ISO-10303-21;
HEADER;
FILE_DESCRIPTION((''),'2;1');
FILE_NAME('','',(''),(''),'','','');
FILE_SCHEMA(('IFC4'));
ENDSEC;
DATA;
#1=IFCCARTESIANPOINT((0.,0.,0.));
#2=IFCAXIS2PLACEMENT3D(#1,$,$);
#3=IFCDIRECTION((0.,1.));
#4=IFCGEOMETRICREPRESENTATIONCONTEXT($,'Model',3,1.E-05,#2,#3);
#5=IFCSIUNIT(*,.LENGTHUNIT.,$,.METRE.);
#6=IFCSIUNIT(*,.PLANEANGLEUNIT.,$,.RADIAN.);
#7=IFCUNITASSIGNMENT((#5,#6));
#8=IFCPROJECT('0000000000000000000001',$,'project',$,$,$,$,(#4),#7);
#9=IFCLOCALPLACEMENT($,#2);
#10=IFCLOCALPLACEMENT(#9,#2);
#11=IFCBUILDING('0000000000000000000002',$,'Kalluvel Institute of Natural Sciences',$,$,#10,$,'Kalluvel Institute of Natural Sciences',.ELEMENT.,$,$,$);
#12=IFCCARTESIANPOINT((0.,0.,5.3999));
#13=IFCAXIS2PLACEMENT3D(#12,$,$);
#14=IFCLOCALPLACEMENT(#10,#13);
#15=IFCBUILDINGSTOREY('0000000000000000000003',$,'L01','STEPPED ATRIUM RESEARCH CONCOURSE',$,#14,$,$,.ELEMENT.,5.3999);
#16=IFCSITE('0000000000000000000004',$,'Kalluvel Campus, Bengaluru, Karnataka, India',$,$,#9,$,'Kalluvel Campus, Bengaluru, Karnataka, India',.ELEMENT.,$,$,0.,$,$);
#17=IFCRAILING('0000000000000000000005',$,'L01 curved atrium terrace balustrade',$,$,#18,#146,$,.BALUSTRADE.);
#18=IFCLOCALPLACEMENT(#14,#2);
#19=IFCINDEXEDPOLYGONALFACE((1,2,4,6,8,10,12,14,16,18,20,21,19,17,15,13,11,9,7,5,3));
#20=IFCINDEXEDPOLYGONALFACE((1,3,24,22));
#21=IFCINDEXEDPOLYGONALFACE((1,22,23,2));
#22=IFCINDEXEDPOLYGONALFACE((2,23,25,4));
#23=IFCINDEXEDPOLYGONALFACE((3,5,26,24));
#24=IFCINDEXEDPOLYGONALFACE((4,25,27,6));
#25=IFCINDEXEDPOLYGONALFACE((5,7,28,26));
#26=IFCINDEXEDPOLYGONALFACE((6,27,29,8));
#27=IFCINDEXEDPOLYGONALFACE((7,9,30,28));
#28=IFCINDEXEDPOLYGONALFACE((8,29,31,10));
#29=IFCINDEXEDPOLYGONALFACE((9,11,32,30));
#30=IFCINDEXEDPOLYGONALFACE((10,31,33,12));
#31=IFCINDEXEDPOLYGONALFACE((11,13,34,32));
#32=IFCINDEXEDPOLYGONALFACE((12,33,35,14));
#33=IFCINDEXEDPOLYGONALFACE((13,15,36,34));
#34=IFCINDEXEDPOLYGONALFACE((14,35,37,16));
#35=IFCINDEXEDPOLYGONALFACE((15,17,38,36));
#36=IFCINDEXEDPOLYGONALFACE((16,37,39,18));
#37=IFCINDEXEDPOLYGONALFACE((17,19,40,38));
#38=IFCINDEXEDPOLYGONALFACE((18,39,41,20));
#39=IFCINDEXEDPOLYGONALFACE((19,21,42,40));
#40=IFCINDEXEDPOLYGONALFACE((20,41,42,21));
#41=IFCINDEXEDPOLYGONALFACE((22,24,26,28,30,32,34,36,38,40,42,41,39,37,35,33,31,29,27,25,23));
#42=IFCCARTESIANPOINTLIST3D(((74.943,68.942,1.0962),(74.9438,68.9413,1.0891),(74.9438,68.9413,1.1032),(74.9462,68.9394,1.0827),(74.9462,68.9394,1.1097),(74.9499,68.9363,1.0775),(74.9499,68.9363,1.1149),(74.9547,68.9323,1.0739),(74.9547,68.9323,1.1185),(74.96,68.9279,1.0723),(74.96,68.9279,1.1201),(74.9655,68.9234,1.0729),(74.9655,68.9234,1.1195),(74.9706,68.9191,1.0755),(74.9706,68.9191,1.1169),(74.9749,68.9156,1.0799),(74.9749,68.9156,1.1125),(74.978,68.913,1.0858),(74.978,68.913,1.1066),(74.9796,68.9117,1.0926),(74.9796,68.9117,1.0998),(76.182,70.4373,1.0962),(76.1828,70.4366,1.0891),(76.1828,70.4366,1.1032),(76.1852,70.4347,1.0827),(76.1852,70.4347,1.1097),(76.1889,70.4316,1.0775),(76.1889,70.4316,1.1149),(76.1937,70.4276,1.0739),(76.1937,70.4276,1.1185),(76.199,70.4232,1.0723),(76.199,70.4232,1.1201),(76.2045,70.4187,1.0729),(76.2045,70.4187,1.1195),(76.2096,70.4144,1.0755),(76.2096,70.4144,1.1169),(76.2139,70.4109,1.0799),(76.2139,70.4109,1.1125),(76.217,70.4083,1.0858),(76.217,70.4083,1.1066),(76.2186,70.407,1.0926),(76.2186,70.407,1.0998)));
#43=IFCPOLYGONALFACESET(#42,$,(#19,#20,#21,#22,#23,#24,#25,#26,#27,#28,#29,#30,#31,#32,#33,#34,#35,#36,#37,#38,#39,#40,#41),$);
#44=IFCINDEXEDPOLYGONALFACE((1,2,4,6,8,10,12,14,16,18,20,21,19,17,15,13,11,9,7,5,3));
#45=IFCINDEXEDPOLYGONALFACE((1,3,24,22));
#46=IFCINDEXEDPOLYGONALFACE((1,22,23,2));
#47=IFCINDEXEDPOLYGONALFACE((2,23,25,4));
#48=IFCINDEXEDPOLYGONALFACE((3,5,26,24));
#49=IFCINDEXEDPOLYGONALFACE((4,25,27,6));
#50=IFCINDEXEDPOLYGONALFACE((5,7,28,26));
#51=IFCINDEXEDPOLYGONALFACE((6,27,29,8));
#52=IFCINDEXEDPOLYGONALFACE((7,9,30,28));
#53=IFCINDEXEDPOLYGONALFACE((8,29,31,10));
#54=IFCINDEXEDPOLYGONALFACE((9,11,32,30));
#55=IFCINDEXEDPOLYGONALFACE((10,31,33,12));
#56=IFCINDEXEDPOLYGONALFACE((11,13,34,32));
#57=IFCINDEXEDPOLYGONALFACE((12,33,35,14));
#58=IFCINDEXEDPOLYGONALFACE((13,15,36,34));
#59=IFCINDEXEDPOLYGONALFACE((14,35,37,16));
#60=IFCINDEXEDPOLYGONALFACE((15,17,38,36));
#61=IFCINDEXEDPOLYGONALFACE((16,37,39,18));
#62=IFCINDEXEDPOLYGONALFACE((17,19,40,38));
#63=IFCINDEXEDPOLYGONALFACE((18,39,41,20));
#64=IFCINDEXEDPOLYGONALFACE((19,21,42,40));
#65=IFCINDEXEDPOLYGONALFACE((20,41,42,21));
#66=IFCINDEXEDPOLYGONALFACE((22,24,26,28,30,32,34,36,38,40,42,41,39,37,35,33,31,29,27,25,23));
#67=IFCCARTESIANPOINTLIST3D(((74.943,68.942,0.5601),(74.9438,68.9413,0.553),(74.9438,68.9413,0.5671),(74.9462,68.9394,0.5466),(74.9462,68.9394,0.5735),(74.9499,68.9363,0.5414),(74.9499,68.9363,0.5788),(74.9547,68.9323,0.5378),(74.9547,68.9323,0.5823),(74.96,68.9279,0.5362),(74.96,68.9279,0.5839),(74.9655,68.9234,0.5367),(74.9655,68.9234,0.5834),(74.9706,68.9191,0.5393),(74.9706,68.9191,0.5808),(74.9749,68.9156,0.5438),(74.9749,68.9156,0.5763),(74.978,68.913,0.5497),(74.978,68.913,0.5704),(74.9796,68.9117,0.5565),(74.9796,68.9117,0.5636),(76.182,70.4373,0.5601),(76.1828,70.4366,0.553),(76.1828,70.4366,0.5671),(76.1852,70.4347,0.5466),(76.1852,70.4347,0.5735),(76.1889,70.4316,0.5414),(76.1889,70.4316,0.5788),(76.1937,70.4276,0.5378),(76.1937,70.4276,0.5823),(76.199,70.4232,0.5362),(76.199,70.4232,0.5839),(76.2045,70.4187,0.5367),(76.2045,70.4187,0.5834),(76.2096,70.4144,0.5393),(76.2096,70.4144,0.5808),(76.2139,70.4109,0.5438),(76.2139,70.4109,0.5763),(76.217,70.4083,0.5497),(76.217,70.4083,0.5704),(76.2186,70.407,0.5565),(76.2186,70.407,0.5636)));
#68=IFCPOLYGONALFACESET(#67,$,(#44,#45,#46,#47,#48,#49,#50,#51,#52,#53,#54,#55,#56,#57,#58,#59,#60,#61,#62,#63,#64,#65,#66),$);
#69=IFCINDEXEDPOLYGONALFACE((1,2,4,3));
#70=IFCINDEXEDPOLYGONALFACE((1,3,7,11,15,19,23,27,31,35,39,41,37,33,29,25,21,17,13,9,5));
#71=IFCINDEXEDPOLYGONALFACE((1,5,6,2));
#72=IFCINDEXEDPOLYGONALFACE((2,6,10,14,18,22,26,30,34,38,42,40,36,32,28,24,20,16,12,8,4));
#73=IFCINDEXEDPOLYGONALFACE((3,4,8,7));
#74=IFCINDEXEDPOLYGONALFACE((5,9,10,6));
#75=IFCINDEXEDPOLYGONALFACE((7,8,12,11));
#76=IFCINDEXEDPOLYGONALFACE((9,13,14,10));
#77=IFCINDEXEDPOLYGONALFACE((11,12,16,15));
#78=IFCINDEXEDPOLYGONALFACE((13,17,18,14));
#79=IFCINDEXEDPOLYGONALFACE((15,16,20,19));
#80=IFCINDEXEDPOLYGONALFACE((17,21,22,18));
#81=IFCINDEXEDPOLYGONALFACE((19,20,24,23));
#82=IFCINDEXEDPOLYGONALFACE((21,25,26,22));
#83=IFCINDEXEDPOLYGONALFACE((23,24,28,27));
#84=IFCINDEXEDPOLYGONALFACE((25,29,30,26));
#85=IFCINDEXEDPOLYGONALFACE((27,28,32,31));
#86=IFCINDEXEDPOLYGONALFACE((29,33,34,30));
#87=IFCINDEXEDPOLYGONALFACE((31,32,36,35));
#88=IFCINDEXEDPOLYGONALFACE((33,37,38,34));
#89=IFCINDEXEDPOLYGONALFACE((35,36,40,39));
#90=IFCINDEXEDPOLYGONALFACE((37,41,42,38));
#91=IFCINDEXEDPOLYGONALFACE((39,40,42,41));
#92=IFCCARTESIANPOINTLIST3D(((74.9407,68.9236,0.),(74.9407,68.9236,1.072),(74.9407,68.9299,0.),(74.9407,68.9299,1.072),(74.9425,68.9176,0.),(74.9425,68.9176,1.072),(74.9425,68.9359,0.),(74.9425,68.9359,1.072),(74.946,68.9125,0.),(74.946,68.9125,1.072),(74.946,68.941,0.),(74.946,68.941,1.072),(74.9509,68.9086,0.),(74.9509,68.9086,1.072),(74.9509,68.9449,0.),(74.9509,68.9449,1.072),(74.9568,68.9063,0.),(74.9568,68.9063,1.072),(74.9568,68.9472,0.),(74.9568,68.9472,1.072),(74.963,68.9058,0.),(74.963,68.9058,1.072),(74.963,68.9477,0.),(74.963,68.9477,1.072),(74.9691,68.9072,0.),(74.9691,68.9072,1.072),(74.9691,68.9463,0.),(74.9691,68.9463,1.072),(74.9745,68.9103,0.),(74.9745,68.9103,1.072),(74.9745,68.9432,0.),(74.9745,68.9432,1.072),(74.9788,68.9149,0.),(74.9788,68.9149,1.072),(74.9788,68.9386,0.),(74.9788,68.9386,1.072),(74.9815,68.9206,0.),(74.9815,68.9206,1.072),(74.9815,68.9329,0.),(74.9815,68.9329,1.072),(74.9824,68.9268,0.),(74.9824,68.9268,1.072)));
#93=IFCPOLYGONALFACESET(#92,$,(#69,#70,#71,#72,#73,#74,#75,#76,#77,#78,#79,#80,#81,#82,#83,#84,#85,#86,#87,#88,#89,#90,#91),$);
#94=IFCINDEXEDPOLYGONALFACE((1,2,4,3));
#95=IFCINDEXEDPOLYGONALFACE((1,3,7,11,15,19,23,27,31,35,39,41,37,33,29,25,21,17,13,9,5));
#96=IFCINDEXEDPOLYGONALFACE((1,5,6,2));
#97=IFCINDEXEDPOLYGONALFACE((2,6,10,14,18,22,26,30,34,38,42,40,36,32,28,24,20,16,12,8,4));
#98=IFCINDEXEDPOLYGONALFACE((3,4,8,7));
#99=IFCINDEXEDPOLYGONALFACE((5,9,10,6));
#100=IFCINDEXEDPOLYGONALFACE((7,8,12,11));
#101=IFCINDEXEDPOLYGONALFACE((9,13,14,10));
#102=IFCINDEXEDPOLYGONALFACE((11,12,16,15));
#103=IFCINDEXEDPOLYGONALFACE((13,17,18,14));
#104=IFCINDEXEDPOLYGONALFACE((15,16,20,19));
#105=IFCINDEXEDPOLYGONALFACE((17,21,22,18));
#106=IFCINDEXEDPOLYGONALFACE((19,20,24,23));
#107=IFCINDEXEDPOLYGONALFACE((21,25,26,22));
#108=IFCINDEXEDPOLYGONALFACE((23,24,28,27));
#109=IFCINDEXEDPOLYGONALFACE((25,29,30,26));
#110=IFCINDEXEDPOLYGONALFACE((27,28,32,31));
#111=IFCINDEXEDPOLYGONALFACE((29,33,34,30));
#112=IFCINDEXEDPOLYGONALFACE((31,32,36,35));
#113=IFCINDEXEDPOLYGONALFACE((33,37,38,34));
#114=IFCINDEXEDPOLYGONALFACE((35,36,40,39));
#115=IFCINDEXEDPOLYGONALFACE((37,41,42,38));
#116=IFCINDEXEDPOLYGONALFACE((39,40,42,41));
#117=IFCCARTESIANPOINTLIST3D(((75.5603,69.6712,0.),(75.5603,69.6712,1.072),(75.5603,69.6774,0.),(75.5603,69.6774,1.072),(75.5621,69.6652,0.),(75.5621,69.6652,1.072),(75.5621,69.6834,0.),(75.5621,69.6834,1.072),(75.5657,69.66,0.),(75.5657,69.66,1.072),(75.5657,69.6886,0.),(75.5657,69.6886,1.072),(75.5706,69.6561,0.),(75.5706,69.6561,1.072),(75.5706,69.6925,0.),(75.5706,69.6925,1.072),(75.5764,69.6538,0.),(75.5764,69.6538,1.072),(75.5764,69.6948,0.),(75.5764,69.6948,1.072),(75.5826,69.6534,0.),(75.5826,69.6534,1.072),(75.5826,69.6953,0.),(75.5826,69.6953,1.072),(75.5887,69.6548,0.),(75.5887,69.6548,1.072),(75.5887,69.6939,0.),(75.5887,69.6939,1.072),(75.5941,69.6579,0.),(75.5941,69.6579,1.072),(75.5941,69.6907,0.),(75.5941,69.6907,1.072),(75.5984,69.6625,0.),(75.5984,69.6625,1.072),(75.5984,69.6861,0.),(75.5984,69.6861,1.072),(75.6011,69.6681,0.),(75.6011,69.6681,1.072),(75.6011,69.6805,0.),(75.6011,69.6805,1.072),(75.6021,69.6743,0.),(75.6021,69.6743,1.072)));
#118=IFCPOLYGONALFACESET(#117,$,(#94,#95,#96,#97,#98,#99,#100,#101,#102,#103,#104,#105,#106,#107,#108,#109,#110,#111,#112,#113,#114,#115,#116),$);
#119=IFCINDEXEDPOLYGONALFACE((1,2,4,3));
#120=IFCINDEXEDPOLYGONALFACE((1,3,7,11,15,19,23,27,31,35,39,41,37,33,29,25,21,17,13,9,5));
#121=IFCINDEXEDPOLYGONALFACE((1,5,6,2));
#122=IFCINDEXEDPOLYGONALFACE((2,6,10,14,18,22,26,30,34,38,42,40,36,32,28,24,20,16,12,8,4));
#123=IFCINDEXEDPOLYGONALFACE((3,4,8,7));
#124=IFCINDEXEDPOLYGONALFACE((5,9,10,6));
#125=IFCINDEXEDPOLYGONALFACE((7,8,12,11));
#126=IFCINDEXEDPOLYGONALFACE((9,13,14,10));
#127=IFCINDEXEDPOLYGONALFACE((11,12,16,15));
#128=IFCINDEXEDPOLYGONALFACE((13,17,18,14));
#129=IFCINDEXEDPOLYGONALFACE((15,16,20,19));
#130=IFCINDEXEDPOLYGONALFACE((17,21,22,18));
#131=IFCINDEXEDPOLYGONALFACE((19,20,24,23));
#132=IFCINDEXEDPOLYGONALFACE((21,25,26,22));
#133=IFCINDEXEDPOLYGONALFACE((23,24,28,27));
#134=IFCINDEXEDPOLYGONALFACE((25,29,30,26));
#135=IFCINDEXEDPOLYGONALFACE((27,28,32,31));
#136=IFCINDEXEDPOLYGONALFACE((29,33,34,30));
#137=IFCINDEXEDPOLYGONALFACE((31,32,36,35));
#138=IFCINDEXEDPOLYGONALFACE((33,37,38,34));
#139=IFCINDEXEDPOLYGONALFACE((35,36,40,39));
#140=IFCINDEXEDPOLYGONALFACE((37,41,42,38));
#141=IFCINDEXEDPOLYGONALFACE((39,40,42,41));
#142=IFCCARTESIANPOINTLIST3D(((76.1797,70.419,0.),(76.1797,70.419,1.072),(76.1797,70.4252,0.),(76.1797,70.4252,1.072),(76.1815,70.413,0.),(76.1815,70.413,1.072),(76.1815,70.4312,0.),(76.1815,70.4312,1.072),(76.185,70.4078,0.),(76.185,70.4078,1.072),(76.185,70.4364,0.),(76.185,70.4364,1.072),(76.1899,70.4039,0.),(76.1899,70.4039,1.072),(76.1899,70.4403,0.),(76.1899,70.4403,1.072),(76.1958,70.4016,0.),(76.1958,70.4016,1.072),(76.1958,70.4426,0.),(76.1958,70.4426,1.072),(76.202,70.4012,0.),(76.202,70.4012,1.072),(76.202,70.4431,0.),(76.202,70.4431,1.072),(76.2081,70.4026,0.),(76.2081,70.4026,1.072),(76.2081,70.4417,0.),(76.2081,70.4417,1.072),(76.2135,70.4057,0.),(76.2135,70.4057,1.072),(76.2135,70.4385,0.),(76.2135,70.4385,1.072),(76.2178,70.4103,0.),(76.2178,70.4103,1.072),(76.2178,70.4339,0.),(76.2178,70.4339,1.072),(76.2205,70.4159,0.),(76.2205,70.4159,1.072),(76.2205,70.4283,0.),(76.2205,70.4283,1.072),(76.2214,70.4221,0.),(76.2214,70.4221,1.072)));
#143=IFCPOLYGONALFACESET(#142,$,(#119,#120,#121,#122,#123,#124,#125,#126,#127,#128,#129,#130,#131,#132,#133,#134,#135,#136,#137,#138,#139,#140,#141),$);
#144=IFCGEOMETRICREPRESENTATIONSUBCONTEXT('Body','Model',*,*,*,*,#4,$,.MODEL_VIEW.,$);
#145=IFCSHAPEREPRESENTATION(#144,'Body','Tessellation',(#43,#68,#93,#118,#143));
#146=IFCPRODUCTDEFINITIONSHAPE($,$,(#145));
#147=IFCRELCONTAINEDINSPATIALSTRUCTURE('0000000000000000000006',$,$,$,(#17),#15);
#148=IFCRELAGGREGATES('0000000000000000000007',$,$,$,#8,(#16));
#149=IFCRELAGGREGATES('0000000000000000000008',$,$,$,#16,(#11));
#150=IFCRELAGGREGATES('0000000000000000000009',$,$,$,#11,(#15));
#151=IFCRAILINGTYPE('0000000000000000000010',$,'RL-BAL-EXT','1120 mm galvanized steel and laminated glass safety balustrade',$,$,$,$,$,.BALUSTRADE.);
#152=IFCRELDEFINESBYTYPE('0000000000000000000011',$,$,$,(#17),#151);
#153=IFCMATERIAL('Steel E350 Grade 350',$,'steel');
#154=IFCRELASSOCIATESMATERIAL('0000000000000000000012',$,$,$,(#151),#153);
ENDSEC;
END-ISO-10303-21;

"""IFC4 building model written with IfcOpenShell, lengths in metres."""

from ifc_helpers import new_model, si_unit, direction, frame, origin, origin_2d, place, context, subcontext, project, spatial, circle, extrude, material, type_object, element, save


model = new_model("IFC4")

# Units and contexts
model_context = context("Model", 3, precision=1e-05, world=origin(), true_north=direction((0.0, 1.0)))
body_context = subcontext(model_context, "Body", "Model", "MODEL_VIEW")
ifc_project = project(units=[si_unit("LENGTHUNIT", "METRE"), si_unit("PLANEANGLEUNIT", "RADIAN")], contexts=[model_context])

# Site, building, storey
site_placement = place(None, origin())
site = spatial("IfcSite", under=ifc_project, at=site_placement, Name="Kalluvel Campus, Bengaluru, Karnataka, India", LongName="Kalluvel Campus, Bengaluru, Karnataka, India", CompositionType="ELEMENT", RefElevation=0.0)
building_placement = place(site_placement, origin())
building = spatial("IfcBuilding", under=site, at=building_placement, Name="Kalluvel Institute of Natural Sciences", LongName="Kalluvel Institute of Natural Sciences", CompositionType="ELEMENT")
storey_placement = place(building_placement, frame((0.0, 0.0, 5.3999)))
storey = spatial("IfcBuildingStorey", under=building, at=storey_placement, Name="L01", Description="STEPPED ATRIUM RESEARCH CONCOURSE", CompositionType="ELEMENT", Elevation=5.3999)

# Railing
ifc_material_1 = material(Name="Steel E350 Grade 350", Category="steel")
railing_type = type_object("IfcRailingType", Name="RL-BAL-EXT", Description="1120 mm galvanized steel and laminated glass safety balustrade", PredefinedType="BALUSTRADE", material=ifc_material_1)
railing_1_placement = place(storey_placement, frame((74.9614, 68.9268, 0.0)))
element("IfcRailing", 1, at=railing_1_placement, inside=storey, type_object=railing_type, Name="L01 curved atrium terrace balustrade", PredefinedType="BALUSTRADE", context=body_context, shape_type="SweptSolid", body=[
    extrude(circle(Radius=0.0239, at=origin_2d()), frame((0.0, 0.0, 1.0962), z_axis=(0.638018, 0.770022, 0.0), x_axis=(-0.770022, 0.638018, 0.0)), (0.0, 0.0, 1.0), 1.9419),
    extrude(circle(Radius=0.0239, at=origin_2d()), frame((0.0, 0.0, 0.5601), z_axis=(0.638018, 0.770022, 0.0), x_axis=(-0.770022, 0.638018, 0.0)), (0.0, 0.0, 1.0), 1.9419),
    extrude(circle(Radius=0.021, at=origin_2d()), origin(), (0.0, 0.0, 1.0), 1.072),
    extrude(circle(Radius=0.021, at=origin_2d()), frame((0.6196, 0.7476, 0.0)), (0.0, 0.0, 1.0), 1.072),
    extrude(circle(Radius=0.021, at=origin_2d()), frame((1.239, 1.4954, 0.0)), (0.0, 0.0, 1.0), 1.072),
])

save(model, "model.ifc")
